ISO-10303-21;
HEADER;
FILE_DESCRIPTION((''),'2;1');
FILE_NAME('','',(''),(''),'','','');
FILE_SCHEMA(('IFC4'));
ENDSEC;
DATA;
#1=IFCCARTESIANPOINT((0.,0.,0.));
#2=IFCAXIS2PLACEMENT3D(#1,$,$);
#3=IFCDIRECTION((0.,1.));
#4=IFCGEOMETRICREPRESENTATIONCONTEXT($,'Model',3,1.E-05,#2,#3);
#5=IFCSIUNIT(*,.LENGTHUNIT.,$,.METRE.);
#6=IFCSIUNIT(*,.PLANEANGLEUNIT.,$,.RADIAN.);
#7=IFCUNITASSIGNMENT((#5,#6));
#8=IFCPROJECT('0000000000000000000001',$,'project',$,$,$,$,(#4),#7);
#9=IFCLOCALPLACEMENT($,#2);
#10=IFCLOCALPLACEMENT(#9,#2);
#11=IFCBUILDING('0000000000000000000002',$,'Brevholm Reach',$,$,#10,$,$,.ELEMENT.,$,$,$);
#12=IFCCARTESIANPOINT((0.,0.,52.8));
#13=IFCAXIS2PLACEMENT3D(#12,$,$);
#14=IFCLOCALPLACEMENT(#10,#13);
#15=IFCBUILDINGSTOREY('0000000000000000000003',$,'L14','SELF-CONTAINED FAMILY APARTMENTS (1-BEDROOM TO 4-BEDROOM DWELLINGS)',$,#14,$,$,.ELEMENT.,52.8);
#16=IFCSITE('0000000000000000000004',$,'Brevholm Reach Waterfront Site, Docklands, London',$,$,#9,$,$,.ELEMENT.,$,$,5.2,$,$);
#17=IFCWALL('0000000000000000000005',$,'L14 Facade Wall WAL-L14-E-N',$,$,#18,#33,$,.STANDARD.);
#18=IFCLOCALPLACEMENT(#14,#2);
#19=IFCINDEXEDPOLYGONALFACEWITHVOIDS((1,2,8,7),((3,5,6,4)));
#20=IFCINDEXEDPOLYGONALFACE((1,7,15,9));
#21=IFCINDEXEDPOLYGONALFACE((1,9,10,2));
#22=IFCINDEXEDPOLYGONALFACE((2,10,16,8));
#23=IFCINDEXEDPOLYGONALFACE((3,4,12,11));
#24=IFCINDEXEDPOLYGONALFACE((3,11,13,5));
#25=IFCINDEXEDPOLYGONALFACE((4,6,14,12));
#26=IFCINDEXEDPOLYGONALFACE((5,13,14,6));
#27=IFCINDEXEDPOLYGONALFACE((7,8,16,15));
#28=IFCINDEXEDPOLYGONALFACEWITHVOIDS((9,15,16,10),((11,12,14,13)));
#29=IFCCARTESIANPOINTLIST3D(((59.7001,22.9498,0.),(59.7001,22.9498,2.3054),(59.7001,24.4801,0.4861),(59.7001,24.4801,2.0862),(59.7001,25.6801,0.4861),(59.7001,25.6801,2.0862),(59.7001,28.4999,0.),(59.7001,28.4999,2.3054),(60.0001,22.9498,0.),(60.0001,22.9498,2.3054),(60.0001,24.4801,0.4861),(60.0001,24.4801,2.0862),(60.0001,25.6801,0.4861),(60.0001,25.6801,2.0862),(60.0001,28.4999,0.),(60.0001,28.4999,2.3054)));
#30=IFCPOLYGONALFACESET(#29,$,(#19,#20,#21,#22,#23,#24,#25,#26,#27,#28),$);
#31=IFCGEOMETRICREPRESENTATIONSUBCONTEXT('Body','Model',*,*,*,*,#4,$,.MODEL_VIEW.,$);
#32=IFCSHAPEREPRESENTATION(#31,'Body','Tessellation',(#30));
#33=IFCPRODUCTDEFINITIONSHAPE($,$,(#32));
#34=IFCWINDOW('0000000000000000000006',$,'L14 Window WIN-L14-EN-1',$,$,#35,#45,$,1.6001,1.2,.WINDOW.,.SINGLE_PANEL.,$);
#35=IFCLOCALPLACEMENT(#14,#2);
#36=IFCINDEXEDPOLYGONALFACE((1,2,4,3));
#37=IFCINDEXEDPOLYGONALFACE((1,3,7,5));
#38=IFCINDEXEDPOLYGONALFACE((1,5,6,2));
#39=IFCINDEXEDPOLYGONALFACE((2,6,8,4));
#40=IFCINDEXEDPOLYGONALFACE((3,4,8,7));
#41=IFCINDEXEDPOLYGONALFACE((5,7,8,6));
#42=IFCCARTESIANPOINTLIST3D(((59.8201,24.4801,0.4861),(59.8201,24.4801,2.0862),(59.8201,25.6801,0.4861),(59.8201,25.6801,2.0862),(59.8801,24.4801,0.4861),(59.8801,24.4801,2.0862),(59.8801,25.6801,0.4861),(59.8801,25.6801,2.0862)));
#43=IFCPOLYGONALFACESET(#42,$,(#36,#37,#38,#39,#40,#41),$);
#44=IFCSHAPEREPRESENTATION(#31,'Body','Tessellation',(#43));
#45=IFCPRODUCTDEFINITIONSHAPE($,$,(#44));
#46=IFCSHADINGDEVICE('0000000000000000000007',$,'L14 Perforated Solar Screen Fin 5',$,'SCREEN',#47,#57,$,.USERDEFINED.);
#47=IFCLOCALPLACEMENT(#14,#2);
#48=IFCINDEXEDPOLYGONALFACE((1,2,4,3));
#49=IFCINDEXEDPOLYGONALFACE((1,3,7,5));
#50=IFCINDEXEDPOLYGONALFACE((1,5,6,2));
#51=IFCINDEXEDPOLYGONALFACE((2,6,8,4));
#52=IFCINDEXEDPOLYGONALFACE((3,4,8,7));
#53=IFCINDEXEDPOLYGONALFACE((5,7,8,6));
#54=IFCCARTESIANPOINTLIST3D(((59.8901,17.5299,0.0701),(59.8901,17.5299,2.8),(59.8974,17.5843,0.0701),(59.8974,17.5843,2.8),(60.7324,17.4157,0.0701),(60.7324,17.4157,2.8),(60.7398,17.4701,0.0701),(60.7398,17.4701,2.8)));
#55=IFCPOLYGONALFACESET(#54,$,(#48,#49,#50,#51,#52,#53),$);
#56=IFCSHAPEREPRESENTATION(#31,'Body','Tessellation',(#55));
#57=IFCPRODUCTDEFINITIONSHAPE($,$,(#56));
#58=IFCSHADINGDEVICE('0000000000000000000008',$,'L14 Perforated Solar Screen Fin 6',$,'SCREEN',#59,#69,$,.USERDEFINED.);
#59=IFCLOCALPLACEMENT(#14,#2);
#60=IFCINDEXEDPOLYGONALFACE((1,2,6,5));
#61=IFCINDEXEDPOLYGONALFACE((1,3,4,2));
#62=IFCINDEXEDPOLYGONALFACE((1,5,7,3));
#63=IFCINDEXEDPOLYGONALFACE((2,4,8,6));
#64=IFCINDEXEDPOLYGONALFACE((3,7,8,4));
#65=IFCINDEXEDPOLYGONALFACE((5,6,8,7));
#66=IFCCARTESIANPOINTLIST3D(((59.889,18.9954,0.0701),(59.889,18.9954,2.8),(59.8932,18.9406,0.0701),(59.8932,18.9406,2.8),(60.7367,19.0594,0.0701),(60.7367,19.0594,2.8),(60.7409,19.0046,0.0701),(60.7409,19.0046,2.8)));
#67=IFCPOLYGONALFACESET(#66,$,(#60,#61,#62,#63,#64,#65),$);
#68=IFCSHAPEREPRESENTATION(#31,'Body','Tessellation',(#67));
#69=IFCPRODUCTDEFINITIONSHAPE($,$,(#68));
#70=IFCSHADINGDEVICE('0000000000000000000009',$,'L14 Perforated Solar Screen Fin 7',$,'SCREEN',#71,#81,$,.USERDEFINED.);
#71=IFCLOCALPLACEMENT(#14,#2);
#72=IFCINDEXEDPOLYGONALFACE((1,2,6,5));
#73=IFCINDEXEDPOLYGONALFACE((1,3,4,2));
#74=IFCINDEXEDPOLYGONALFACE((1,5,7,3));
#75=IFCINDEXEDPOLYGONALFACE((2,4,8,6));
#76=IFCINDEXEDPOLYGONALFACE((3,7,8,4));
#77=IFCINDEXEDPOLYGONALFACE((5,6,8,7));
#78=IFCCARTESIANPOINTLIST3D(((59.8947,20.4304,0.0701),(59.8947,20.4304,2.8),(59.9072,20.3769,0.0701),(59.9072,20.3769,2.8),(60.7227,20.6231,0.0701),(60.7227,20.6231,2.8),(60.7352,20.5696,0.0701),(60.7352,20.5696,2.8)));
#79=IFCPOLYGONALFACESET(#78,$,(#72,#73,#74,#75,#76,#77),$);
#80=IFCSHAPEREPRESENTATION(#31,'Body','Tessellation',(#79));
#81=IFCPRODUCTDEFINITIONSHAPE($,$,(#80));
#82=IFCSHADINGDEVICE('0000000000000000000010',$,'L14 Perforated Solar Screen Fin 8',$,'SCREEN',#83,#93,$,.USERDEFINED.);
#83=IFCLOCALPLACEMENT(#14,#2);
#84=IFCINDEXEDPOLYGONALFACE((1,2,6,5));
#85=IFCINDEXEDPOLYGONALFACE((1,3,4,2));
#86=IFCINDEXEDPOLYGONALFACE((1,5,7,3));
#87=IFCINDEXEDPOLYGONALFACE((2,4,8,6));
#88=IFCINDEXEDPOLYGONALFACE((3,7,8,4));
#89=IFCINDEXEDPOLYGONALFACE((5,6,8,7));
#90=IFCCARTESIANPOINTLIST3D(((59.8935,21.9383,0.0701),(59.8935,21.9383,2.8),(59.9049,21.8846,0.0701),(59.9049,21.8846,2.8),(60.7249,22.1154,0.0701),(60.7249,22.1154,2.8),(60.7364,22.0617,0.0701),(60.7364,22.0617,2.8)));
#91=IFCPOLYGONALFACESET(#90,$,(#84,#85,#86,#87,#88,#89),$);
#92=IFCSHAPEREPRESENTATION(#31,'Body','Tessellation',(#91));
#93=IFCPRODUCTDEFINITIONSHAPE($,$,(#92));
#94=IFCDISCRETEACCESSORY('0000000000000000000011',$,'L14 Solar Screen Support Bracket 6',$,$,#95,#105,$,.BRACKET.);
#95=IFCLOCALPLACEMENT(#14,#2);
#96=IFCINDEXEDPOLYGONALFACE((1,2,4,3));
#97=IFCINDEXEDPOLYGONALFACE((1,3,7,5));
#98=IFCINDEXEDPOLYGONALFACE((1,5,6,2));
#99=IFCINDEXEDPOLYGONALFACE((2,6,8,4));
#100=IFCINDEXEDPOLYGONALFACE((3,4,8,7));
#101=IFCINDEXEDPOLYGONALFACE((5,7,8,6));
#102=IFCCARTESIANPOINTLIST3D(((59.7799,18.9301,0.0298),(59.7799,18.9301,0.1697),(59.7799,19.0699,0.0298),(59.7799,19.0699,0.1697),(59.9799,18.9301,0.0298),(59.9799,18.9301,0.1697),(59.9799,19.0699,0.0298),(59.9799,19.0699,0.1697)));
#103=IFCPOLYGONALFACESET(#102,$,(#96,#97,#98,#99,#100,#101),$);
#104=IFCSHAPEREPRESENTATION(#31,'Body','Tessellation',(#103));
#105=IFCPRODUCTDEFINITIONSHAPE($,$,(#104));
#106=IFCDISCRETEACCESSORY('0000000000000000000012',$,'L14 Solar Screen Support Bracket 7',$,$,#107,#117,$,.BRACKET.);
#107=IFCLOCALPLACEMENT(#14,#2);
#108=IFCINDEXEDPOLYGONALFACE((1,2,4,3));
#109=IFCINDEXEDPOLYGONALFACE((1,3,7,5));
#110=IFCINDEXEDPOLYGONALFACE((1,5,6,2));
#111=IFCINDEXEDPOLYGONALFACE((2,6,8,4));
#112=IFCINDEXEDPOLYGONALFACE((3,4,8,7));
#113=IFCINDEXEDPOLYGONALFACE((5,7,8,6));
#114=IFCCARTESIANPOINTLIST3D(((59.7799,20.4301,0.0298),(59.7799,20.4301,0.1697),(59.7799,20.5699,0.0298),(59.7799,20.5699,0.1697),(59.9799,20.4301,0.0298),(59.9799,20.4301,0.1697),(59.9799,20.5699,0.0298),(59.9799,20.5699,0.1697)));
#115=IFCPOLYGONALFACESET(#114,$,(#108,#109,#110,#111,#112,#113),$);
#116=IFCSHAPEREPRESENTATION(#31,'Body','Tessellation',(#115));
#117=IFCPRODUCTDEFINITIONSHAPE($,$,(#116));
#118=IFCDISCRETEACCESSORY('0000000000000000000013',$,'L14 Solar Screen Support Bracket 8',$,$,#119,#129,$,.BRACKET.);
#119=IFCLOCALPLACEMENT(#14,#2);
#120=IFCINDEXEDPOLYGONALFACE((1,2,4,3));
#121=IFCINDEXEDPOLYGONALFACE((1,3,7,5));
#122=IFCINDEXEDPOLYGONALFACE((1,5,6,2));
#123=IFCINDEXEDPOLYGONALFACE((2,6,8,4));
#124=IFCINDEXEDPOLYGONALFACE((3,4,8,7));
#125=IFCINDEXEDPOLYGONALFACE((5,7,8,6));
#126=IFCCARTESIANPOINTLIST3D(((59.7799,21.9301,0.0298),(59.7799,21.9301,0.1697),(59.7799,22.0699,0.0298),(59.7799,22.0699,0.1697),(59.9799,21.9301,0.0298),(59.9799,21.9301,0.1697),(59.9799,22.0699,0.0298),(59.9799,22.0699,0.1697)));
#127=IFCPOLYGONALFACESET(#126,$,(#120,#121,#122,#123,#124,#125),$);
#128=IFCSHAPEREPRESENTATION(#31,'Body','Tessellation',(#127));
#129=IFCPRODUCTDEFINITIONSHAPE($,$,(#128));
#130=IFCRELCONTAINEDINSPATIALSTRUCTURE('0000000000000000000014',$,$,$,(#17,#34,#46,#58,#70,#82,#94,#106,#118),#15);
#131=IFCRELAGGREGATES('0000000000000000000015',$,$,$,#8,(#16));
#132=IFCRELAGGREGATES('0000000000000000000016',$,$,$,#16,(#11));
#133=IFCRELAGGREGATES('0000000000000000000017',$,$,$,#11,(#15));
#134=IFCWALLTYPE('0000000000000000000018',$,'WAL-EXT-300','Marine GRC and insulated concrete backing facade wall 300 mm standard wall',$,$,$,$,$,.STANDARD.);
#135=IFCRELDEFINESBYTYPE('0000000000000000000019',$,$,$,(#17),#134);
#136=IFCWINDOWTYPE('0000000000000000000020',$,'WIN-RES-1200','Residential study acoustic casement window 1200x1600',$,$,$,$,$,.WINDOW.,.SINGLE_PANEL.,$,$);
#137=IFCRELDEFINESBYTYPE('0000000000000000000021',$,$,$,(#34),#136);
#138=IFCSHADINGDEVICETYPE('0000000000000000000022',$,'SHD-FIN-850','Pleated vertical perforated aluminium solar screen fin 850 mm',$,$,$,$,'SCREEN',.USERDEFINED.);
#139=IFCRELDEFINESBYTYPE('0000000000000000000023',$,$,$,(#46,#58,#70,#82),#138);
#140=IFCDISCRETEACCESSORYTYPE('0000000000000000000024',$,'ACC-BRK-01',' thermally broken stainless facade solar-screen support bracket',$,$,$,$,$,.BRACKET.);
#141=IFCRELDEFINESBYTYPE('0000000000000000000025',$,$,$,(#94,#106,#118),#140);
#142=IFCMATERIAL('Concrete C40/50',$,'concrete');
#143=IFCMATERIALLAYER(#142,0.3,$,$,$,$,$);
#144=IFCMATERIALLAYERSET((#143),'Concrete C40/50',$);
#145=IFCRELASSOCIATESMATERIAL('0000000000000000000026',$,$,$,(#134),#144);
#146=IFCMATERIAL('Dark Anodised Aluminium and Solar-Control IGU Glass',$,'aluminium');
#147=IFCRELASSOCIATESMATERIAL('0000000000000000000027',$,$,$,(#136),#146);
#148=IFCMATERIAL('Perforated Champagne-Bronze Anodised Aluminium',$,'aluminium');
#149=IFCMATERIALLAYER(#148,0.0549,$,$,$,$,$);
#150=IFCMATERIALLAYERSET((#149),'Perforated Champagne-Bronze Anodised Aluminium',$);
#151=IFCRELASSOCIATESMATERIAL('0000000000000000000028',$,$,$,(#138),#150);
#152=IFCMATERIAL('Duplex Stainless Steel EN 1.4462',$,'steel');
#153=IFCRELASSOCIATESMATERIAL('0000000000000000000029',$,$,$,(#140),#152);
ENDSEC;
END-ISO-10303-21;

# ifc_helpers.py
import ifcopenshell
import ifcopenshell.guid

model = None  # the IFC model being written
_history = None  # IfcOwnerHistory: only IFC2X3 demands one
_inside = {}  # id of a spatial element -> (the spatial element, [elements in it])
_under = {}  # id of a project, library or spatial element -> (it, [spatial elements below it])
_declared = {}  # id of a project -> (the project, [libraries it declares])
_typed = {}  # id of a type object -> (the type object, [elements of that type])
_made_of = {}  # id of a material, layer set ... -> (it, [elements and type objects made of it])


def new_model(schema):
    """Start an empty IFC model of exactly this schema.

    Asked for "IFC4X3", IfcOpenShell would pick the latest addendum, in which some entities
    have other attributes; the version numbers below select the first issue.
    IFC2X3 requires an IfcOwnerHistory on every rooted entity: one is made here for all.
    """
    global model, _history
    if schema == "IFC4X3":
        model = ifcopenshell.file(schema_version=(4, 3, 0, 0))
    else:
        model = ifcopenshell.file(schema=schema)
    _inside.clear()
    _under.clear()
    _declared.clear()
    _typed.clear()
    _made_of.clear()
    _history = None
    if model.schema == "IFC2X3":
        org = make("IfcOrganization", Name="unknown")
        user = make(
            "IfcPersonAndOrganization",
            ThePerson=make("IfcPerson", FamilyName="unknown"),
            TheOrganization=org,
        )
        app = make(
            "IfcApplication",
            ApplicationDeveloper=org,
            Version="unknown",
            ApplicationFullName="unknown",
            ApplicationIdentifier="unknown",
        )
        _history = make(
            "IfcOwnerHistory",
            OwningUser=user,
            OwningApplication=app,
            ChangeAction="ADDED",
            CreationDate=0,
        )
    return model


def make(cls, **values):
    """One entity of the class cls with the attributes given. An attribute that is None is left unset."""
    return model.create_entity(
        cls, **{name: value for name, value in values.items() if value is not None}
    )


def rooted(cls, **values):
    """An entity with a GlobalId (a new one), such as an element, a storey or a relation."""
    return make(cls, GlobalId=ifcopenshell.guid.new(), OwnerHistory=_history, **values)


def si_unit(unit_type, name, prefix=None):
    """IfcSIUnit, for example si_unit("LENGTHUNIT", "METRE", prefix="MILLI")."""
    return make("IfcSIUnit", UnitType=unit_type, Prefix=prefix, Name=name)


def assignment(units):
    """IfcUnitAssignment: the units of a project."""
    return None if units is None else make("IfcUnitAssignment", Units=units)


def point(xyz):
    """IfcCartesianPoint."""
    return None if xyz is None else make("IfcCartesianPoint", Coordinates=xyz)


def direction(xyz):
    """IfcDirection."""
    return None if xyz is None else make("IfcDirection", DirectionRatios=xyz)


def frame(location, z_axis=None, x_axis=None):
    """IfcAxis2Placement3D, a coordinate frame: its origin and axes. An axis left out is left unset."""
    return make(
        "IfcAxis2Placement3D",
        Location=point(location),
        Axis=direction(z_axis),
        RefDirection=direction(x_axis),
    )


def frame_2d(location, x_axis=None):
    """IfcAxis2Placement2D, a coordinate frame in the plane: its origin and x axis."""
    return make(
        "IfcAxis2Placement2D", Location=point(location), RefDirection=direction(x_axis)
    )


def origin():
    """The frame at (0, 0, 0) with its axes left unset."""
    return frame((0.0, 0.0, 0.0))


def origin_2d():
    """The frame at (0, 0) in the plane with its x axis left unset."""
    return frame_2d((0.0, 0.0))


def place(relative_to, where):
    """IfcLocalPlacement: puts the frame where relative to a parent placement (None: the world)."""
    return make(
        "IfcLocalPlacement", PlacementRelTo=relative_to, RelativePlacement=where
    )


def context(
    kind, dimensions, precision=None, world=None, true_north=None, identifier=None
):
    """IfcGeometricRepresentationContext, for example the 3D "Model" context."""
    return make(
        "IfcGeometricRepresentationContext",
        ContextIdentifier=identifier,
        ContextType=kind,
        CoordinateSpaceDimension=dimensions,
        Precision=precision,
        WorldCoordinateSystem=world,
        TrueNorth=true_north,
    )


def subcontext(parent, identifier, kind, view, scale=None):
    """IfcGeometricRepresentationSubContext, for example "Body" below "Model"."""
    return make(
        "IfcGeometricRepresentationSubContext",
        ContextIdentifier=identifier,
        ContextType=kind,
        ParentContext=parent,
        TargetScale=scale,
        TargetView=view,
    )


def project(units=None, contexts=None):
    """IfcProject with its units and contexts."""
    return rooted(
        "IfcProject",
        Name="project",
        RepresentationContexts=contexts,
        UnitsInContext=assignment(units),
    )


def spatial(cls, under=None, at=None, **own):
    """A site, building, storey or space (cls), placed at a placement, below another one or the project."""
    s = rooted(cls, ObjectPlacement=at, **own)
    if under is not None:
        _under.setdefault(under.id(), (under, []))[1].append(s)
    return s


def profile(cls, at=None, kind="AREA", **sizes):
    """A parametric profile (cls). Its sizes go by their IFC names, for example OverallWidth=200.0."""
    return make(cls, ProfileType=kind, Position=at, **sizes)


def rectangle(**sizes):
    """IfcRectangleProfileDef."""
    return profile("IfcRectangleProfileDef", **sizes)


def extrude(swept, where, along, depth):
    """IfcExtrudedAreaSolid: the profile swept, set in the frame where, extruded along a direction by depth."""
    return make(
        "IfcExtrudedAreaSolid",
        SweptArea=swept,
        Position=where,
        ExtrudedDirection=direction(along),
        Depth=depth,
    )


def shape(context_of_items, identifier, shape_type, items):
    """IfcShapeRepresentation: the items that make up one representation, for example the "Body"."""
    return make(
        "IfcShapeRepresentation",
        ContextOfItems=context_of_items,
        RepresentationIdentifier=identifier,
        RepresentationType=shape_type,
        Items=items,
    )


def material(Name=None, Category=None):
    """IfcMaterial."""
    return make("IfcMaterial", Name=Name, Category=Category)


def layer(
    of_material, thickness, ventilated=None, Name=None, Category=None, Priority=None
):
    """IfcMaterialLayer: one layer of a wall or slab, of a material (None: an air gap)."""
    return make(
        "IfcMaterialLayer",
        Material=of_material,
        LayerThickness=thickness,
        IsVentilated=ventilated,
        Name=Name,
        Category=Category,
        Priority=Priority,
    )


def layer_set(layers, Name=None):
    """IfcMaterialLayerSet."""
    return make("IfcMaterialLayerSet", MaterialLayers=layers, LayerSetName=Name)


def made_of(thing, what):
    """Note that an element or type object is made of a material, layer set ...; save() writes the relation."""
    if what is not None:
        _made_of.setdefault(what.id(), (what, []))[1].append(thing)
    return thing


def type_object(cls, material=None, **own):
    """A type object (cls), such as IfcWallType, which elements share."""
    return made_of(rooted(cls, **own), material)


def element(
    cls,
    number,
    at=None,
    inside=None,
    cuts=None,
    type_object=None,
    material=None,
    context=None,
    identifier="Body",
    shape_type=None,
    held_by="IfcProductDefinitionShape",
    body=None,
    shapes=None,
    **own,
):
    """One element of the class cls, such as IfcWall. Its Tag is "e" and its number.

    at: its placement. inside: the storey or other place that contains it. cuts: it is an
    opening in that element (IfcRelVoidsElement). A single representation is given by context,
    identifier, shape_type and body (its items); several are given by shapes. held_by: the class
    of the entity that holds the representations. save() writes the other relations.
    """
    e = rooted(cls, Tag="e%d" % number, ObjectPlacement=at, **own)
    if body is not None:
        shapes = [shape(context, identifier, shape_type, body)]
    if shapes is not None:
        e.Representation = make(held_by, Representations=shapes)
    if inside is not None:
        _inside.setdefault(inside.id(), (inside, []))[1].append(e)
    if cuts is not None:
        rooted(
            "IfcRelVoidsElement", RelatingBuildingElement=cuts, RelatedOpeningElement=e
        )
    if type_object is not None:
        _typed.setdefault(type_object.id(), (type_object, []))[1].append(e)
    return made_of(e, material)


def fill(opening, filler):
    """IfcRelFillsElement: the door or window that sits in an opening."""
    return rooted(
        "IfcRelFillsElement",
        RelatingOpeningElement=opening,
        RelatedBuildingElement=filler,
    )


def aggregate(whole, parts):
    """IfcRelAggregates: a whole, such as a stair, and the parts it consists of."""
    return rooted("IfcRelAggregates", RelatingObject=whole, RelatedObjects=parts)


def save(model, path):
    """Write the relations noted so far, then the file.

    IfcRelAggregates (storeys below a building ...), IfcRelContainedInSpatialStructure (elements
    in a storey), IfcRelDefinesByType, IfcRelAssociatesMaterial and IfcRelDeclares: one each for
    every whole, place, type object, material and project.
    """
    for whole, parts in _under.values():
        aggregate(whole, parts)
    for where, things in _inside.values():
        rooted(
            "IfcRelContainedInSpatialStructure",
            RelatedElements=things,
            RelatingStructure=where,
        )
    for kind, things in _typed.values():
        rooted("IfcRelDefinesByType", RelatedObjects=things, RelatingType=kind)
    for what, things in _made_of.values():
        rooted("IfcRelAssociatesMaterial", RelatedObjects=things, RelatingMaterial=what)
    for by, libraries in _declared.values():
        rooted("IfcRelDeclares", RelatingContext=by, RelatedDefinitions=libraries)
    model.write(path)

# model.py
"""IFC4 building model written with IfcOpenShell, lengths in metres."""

from ifc_helpers import new_model, si_unit, direction, frame, frame_2d, origin, origin_2d, place, context, subcontext, project, spatial, rectangle, extrude, material, layer, layer_set, type_object, element, fill, save


model = new_model("IFC4")

# Units and contexts
model_context = context("Model", 3, precision=1e-05, world=origin(), true_north=direction((0.0, 1.0)))
body_context = subcontext(model_context, "Body", "Model", "MODEL_VIEW")
ifc_project = project(units=[si_unit("LENGTHUNIT", "METRE"), si_unit("PLANEANGLEUNIT", "RADIAN")], contexts=[model_context])

# Site, building, storey
site_placement = place(None, origin())
site = spatial("IfcSite", under=ifc_project, at=site_placement, Name="Brevholm Reach Waterfront Site, Docklands, London", CompositionType="ELEMENT", RefElevation=5.2)
building_placement = place(site_placement, origin())
building = spatial("IfcBuilding", under=site, at=building_placement, Name="Brevholm Reach", CompositionType="ELEMENT")
storey_placement = place(building_placement, frame((0.0, 0.0, 52.8)))
storey = spatial("IfcBuildingStorey", under=building, at=storey_placement, Name="L14", Description="SELF-CONTAINED FAMILY APARTMENTS (1-BEDROOM TO 4-BEDROOM DWELLINGS)", CompositionType="ELEMENT", Elevation=52.8)

# Wall, opening, window
ifc_material_1 = material(Name="Concrete C40/50", Category="concrete")
ifc_layer_1 = layer(ifc_material_1, 0.3)
ifc_layer_set_1 = layer_set([ifc_layer_1], Name="Concrete C40/50")
wall_type = type_object("IfcWallType", Name="WAL-EXT-300", Description="Marine GRC and insulated concrete backing facade wall 300 mm standard wall", PredefinedType="STANDARD", material=ifc_layer_set_1)
wall_placement = place(storey_placement, frame((59.8501, 22.95, 0.0), z_axis=(0.0, 0.0, 1.0), x_axis=(0.0, 1.0, 0.0)))
wall = element("IfcWall", 1, at=wall_placement, inside=storey, type_object=wall_type, Name="L14 Facade Wall WAL-L14-E-N", PredefinedType="STANDARD", context=body_context, shape_type="SweptSolid", body=[
    extrude(rectangle(XDim=5.55, YDim=0.3, at=frame_2d((2.7749, 0.0))), origin(), (0.0, 0.0, 1.0), 2.3054),
])
opening_placement = place(wall_placement, frame((1.53, 0.0, 0.4861)))
opening = element("IfcOpeningElement", 2, at=opening_placement, cuts=wall, PredefinedType="OPENING", context=body_context, shape_type="SweptSolid", body=[
    extrude(rectangle(XDim=1.2, YDim=1.6001, at=frame_2d((0.6001, 0.8))), frame((0.0, 0.1599, 0.0), z_axis=(0.0, -1.0, 0.0), x_axis=(1.0, 0.0, 0.0)), (0.0, 0.0, 1.0), 0.3201),
])
ifc_material_2 = material(Name="Dark Anodised Aluminium and Solar-Control IGU Glass", Category="aluminium")
window_type = type_object("IfcWindowType", Name="WIN-RES-1200", Description="Residential study acoustic casement window 1200x1600", PartitioningType="SINGLE_PANEL", PredefinedType="WINDOW", material=ifc_material_2)
window_placement = place(opening_placement, origin())
window = element("IfcWindow", 3, at=window_placement, inside=storey, type_object=window_type, Name="L14 Window WIN-L14-EN-1", OverallHeight=1.6001, OverallWidth=1.2, PartitioningType="SINGLE_PANEL", PredefinedType="WINDOW", context=body_context, shape_type="SweptSolid", body=[
    extrude(rectangle(XDim=1.2, YDim=1.6001, at=frame_2d((0.6001, 0.8))), frame((0.0, 0.03, 0.0), z_axis=(0.0, -1.0, 0.0), x_axis=(1.0, 0.0, 0.0)), (0.0, 0.0, 1.0), 0.0601),
])
fill(opening, window)

# Shading devices
ifc_material_3 = material(Name="Perforated Champagne-Bronze Anodised Aluminium", Category="aluminium")
ifc_layer_2 = layer(ifc_material_3, 0.0549)
ifc_layer_set_2 = layer_set([ifc_layer_2], Name="Perforated Champagne-Bronze Anodised Aluminium")
shading_device_type = type_object("IfcShadingDeviceType", Name="SHD-FIN-850", Description="Pleated vertical perforated aluminium solar screen fin 850 mm", ElementType="SCREEN", PredefinedType="USERDEFINED", material=ifc_layer_set_2)
for number, where, z_axis, x_axis, name in (
    (4, (60.3149, 17.5, 0.0701), (0.0, 0.0, 1.0), (0.990927, -0.134401, 0.0), "L14 Perforated Solar Screen Fin 5"),
    (5, (60.3149, 19.0, 0.0701), (0.0, 0.0, 1.0), (0.997167, 0.075222, 0.0), "L14 Perforated Solar Screen Fin 6"),
    (6, (60.3149, 20.5, 0.0701), (0.0, 0.0, 1.0), (0.973964, 0.226702, 0.0), "L14 Perforated Solar Screen Fin 7"),
    (7, (60.3149, 22.0, 0.0701), (0.0, 0.0, 1.0), (0.978057, 0.208338, 0.0), "L14 Perforated Solar Screen Fin 8"),
):
    element("IfcShadingDevice", number, at=place(storey_placement, frame(where, z_axis=z_axis, x_axis=x_axis)), inside=storey, type_object=shading_device_type, Name=name, ObjectType="SCREEN", PredefinedType="USERDEFINED", context=body_context, shape_type="SweptSolid", body=[
        extrude(rectangle(XDim=0.8501, YDim=0.0549, at=origin_2d()), origin(), (0.0, 0.0, 1.0), 2.73),
    ])

# Discrete accessories
ifc_material_4 = material(Name="Duplex Stainless Steel EN 1.4462", Category="steel")
discrete_accessory_type = type_object("IfcDiscreteAccessoryType", Name="ACC-BRK-01", Description=" thermally broken stainless facade solar-screen support bracket", PredefinedType="BRACKET", material=ifc_material_4)
for number, where, z_axis, x_axis, name in (
    (8, (59.8799, 19.0, 0.0298), (0.0, 0.0, 1.0), (1.0, 0.0, 0.0), "L14 Solar Screen Support Bracket 6"),
    (9, (59.8799, 20.5, 0.0298), (0.0, 0.0, 1.0), (1.0, 0.0, 0.0), "L14 Solar Screen Support Bracket 7"),
    (10, (59.8799, 22.0, 0.0298), (0.0, 0.0, 1.0), (1.0, 0.0, 0.0), "L14 Solar Screen Support Bracket 8"),
):
    element("IfcDiscreteAccessory", number, at=place(storey_placement, frame(where, z_axis=z_axis, x_axis=x_axis)), inside=storey, type_object=discrete_accessory_type, Name=name, PredefinedType="BRACKET", context=body_context, shape_type="SweptSolid", body=[
        extrude(rectangle(XDim=0.2, YDim=0.1399, at=origin_2d()), origin(), (0.0, 0.0, 1.0), 0.1399),
    ])

save(model, "model.ifc")
